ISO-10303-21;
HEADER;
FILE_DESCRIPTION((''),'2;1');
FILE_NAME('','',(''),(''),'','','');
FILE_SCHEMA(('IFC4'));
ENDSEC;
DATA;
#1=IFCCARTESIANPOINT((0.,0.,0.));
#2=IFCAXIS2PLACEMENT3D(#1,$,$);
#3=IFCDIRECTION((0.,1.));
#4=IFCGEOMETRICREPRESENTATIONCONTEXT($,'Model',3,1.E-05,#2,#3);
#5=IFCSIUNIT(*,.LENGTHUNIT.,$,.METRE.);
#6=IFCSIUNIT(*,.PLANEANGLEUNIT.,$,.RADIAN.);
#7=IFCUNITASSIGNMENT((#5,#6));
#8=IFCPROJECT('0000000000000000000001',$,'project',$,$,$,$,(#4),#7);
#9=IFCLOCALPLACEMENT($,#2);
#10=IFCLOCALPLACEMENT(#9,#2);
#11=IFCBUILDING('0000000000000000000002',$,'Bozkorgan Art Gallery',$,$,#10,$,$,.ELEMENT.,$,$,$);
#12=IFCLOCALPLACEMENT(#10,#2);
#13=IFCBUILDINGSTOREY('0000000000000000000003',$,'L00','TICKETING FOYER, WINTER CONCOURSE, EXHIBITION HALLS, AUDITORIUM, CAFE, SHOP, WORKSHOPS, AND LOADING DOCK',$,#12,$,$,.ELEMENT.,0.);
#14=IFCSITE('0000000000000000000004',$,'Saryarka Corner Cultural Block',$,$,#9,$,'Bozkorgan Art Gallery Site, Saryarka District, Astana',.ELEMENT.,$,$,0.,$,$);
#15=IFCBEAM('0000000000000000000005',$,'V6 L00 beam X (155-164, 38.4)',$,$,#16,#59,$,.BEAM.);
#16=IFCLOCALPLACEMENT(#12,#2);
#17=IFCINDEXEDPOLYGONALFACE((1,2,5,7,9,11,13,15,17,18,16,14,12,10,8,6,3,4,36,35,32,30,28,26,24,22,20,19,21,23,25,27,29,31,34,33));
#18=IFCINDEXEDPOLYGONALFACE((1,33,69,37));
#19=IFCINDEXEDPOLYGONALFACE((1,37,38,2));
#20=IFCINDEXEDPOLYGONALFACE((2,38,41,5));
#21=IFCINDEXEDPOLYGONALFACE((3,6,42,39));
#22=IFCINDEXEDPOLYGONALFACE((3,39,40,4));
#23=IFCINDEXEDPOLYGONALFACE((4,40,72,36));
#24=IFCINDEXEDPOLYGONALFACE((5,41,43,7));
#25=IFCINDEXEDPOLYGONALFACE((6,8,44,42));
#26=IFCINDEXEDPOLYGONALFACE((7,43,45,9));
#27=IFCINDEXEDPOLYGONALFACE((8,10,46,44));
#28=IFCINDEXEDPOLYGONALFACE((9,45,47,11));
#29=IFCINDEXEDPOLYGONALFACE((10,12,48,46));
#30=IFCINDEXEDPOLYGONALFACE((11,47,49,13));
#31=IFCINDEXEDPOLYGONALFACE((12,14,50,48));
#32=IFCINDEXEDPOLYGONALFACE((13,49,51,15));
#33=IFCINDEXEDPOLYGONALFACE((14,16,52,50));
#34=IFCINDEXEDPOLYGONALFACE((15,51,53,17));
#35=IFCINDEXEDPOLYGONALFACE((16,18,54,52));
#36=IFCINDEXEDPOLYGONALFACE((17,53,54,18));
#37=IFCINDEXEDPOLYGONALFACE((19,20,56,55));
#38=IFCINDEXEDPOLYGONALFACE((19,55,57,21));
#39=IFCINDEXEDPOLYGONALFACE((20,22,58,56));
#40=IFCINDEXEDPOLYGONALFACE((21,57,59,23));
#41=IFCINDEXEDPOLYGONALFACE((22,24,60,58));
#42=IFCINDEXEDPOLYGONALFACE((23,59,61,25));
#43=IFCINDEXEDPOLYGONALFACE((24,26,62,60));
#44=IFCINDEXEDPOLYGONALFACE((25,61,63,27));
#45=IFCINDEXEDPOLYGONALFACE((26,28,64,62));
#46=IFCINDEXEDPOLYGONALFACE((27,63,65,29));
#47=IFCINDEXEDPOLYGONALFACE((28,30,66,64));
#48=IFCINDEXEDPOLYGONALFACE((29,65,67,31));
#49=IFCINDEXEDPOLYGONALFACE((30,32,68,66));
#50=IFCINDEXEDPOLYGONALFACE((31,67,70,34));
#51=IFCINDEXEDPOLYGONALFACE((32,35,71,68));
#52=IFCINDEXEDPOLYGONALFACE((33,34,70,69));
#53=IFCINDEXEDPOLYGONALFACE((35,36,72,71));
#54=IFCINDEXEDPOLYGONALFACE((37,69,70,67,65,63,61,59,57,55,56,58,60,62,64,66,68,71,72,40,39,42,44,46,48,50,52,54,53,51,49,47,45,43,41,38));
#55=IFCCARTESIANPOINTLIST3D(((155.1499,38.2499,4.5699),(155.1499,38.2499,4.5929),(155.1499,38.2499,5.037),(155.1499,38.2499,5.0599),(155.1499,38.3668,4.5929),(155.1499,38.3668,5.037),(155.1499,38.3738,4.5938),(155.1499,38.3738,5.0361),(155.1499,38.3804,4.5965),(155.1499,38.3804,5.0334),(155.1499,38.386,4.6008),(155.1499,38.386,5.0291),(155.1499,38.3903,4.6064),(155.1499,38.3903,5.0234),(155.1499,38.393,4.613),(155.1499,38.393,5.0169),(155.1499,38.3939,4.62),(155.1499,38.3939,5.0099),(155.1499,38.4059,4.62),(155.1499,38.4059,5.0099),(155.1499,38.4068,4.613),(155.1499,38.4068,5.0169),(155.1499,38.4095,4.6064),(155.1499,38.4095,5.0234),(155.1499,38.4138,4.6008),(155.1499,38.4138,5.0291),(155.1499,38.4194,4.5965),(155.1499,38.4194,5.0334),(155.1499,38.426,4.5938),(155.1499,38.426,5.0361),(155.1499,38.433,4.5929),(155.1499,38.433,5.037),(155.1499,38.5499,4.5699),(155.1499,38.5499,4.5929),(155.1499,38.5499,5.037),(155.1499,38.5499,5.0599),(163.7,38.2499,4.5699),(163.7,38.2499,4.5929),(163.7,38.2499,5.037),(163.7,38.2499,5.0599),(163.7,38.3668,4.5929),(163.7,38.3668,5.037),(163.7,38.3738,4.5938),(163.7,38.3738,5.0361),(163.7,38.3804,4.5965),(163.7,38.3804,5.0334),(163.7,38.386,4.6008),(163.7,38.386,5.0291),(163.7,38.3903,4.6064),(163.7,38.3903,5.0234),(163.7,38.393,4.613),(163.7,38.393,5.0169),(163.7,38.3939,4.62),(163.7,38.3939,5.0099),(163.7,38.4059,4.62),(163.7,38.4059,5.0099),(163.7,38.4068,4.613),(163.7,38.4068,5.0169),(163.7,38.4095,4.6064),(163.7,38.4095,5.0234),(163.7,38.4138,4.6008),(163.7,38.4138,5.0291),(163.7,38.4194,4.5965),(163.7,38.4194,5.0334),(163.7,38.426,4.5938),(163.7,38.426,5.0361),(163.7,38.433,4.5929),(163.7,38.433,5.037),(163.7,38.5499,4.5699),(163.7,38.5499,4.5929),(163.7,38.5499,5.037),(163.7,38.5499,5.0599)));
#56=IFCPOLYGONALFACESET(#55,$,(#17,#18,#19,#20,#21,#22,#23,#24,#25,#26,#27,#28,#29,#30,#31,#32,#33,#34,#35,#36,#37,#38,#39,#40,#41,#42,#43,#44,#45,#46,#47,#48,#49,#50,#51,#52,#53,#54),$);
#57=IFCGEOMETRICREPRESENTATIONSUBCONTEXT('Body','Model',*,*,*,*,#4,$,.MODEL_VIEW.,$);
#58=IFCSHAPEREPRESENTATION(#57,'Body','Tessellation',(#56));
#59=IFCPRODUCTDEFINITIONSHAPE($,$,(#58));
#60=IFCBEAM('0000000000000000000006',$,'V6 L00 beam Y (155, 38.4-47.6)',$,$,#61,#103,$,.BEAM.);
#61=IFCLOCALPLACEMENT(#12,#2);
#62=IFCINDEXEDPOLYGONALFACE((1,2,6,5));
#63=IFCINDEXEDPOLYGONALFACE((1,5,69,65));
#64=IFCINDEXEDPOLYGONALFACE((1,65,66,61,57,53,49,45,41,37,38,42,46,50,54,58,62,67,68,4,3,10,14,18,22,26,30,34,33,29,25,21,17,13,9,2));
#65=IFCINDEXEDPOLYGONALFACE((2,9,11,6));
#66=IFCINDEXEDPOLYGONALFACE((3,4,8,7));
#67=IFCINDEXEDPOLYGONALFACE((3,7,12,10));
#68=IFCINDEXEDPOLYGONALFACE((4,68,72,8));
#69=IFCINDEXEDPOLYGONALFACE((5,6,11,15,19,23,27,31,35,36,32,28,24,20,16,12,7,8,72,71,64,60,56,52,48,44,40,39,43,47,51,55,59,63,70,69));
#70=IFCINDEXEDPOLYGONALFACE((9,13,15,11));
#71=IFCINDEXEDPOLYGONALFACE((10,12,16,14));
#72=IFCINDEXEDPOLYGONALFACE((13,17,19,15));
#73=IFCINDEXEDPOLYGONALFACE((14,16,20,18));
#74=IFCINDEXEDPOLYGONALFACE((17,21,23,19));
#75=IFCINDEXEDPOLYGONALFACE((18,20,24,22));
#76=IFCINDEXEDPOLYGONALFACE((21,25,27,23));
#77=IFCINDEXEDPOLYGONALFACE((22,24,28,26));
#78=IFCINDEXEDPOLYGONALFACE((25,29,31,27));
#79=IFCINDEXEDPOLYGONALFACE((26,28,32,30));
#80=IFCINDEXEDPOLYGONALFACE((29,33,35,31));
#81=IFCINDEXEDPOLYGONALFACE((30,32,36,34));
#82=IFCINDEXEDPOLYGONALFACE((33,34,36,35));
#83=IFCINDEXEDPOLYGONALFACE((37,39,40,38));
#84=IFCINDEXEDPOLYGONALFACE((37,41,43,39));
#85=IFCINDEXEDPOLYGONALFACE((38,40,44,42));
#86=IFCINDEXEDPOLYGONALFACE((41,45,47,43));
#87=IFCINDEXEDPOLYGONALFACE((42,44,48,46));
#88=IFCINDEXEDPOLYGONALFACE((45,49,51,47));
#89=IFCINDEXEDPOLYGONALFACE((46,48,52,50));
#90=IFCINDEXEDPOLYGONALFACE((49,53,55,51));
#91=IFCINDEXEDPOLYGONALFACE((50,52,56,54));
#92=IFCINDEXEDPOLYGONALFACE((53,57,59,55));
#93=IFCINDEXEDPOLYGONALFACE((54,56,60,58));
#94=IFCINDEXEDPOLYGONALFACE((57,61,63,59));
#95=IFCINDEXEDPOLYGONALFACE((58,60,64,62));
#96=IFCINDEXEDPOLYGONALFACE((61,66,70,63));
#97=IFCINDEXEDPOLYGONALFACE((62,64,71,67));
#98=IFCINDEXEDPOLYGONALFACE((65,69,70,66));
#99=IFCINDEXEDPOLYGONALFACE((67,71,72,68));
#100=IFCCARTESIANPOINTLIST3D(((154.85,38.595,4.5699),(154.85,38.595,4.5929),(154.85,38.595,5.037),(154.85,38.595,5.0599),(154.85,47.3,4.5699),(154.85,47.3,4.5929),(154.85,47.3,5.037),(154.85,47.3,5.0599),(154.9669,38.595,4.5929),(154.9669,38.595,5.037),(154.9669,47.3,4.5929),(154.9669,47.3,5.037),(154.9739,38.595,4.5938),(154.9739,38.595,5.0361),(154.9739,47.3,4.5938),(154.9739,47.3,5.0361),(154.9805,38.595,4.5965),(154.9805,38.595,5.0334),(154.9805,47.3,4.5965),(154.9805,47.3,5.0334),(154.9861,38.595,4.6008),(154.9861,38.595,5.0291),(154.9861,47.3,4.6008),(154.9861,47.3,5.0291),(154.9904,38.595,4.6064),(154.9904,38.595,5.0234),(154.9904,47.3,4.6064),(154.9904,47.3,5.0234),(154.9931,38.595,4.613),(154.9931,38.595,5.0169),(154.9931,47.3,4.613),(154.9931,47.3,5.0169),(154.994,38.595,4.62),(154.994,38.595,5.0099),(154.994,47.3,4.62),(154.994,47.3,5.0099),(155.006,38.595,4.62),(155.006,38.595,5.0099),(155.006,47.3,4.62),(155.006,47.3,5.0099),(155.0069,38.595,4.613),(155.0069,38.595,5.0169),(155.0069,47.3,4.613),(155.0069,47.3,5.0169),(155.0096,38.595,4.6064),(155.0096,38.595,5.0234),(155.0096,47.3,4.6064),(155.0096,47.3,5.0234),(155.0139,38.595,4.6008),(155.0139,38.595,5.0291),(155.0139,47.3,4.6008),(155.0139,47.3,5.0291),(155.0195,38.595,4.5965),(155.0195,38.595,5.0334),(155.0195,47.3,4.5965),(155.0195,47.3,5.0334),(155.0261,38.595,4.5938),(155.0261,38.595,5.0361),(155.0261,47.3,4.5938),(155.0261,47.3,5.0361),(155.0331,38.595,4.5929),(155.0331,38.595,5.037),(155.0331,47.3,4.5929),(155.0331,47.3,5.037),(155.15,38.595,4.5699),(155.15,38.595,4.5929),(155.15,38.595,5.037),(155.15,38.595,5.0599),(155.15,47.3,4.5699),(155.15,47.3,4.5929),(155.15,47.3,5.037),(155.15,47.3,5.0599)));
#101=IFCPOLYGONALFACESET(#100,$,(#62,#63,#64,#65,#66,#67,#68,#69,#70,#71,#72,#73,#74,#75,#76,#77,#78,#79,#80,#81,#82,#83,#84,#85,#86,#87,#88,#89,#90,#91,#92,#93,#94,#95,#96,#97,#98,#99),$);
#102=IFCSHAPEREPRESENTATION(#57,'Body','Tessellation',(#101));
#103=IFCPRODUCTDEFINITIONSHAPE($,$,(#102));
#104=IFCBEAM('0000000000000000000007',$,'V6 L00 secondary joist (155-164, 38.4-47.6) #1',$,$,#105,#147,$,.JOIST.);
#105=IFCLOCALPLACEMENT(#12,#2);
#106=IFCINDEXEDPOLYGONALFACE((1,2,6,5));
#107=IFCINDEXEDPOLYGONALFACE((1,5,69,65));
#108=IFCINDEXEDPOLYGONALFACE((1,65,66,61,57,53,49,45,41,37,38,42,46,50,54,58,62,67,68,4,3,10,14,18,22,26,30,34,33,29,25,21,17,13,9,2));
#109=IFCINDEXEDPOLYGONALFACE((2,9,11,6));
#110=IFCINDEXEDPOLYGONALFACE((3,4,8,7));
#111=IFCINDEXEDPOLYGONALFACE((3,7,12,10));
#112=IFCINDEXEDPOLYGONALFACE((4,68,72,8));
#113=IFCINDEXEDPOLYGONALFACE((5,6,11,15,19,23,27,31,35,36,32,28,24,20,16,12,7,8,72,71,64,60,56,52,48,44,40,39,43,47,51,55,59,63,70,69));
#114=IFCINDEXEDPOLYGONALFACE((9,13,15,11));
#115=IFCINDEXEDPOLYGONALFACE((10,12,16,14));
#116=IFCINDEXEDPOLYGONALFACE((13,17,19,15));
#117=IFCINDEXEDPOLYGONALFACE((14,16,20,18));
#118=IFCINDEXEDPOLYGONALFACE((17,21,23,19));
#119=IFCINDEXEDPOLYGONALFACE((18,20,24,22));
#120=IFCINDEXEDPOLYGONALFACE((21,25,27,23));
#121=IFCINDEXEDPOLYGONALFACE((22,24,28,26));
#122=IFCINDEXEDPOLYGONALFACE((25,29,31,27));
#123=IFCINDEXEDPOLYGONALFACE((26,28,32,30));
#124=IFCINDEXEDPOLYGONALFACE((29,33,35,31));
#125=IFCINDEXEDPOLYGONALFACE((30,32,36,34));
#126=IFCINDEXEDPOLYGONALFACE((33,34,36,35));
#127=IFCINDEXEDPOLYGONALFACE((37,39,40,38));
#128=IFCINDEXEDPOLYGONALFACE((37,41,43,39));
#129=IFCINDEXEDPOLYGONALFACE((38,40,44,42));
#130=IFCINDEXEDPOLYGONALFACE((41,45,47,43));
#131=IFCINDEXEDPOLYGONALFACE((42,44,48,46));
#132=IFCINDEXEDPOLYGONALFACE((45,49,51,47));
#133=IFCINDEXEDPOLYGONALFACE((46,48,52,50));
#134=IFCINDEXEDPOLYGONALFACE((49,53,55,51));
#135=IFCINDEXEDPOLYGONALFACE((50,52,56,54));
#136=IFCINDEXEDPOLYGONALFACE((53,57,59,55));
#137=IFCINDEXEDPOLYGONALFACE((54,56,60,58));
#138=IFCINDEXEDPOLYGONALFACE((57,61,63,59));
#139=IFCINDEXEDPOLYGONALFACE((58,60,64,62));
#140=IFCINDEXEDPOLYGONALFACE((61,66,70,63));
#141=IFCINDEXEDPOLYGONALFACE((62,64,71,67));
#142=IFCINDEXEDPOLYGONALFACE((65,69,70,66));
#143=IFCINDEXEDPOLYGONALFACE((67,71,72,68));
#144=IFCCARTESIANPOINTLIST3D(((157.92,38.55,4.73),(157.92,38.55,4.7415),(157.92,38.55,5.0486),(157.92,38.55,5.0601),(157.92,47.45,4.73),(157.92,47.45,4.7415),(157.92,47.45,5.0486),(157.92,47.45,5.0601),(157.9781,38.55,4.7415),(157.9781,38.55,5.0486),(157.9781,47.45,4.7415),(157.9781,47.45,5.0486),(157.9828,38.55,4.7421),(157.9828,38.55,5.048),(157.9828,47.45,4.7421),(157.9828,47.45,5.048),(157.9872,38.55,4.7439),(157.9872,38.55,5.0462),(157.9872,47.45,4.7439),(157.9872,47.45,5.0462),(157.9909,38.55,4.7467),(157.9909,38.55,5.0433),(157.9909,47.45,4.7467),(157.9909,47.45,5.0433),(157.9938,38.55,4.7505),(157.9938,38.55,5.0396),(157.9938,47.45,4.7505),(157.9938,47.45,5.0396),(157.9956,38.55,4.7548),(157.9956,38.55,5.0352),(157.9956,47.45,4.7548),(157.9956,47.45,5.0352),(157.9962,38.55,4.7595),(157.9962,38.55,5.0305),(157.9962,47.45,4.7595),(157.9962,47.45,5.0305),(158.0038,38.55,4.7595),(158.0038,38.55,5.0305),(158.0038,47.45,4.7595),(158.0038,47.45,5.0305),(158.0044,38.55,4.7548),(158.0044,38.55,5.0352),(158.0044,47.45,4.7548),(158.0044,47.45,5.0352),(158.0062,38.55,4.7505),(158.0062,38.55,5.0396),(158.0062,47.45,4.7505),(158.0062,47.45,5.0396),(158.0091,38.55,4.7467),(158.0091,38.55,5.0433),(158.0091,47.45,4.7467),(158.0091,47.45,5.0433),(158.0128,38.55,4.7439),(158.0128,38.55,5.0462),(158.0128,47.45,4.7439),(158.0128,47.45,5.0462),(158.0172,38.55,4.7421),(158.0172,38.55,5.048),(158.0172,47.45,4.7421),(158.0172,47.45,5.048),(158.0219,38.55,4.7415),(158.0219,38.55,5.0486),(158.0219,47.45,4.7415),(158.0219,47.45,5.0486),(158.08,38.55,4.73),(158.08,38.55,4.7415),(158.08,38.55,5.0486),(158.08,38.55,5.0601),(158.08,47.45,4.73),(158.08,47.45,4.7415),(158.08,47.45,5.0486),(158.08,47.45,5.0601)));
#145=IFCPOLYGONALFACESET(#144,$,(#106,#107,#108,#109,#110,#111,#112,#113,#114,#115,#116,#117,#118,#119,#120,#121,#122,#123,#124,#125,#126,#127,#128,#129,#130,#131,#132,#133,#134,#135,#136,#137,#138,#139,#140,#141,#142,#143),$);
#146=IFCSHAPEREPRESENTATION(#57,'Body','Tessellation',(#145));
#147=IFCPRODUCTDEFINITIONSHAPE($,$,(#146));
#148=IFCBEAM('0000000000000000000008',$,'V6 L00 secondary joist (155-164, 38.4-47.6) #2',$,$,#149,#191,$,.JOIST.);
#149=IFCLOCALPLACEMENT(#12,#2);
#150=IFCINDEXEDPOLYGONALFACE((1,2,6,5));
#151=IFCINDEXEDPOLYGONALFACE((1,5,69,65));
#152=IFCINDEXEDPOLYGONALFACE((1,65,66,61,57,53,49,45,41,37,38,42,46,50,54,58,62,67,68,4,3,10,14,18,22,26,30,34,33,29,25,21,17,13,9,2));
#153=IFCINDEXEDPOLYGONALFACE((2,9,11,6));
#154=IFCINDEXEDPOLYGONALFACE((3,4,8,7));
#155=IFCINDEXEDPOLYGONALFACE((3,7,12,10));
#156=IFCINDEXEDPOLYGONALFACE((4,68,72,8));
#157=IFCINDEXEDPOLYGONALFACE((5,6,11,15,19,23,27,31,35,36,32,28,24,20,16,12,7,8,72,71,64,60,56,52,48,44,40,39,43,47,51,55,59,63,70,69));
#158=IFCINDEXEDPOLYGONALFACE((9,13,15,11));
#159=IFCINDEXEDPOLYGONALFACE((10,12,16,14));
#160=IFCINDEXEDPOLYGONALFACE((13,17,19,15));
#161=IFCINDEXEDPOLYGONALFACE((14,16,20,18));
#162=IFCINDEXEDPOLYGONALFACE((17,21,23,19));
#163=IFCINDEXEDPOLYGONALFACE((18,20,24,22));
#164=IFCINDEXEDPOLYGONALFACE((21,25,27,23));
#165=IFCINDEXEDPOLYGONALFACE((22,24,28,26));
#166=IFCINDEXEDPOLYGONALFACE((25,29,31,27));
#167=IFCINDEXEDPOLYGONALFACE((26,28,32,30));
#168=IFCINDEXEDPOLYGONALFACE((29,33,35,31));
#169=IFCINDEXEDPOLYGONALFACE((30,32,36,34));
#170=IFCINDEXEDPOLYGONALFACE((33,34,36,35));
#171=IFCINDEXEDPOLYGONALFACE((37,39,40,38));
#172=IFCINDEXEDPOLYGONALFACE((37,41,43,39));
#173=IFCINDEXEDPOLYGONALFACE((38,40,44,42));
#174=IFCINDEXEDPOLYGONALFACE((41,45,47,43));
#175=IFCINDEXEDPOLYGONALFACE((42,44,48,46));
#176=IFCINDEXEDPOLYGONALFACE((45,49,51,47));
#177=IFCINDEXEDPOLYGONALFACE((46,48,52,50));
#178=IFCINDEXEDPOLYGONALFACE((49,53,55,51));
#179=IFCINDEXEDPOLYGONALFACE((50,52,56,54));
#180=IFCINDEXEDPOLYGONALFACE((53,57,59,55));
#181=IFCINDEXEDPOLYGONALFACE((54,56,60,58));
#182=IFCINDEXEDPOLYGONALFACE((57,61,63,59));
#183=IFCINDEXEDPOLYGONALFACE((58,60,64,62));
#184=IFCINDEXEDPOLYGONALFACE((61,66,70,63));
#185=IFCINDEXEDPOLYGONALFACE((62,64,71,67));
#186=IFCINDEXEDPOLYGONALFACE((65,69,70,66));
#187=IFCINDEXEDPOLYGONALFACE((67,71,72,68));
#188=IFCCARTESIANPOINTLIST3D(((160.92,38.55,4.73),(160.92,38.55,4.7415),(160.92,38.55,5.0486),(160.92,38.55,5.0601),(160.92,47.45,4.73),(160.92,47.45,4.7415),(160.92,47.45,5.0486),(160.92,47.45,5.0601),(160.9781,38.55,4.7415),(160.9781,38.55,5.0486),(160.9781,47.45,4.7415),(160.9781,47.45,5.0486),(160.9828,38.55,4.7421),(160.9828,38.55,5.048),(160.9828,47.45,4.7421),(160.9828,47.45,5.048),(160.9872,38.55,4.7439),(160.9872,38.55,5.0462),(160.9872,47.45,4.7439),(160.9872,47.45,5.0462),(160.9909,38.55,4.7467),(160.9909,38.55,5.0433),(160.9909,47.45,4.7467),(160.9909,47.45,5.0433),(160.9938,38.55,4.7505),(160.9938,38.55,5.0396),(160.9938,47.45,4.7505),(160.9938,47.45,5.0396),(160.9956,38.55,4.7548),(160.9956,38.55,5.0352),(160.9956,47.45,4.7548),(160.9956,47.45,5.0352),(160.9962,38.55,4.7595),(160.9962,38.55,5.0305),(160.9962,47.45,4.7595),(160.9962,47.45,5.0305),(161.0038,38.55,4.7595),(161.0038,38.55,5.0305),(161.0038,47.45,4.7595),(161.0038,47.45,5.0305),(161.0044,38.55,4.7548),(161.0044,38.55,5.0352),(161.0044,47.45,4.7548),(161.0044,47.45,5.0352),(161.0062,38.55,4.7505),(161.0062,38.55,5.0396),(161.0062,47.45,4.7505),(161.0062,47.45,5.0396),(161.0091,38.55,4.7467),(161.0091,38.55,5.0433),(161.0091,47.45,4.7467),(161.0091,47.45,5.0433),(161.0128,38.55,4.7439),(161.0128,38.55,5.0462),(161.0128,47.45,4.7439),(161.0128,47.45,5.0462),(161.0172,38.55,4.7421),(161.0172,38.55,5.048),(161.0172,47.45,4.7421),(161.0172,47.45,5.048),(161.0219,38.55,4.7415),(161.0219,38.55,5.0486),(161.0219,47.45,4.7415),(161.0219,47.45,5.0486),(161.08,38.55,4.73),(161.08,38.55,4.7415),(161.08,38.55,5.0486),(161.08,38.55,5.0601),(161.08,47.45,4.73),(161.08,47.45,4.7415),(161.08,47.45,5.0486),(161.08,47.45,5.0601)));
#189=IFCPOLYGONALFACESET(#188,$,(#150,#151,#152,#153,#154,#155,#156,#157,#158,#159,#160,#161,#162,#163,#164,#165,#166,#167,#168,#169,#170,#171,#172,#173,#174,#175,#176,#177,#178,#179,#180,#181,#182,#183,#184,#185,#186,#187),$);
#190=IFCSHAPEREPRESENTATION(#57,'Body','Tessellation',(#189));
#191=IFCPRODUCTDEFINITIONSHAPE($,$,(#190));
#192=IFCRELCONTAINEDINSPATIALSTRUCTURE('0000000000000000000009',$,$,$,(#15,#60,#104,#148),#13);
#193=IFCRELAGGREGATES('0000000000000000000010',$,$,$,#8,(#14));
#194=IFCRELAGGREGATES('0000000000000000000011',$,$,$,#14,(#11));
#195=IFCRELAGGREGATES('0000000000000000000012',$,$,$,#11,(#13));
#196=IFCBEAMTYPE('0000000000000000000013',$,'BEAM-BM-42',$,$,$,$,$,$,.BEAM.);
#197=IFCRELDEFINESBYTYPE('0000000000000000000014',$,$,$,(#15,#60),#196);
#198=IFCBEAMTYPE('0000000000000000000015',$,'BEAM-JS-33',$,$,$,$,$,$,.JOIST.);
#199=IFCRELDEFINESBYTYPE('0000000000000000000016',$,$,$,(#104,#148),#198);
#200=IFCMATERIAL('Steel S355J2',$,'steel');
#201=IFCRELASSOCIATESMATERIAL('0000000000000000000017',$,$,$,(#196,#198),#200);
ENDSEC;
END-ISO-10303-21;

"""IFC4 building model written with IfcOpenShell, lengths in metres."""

from ifc_helpers import new_model, si_unit, direction, frame, origin, origin_2d, place, context, subcontext, project, spatial, i_section, extrude, material, material_profile, profile_set, type_object, element, save


model = new_model("IFC4")

# Units and contexts
model_context = context("Model", 3, precision=1e-05, world=origin(), true_north=direction((0.0, 1.0)))
body_context = subcontext(model_context, "Body", "Model", "MODEL_VIEW")
ifc_project = project(units=[si_unit("LENGTHUNIT", "METRE"), si_unit("PLANEANGLEUNIT", "RADIAN")], contexts=[model_context])

# Site, building, storey
site_placement = place(None, origin())
site = spatial("IfcSite", under=ifc_project, at=site_placement, Name="Saryarka Corner Cultural Block", LongName="Bozkorgan Art Gallery Site, Saryarka District, Astana", CompositionType="ELEMENT", RefElevation=0.0)
building_placement = place(site_placement, origin())
building = spatial("IfcBuilding", under=site, at=building_placement, Name="Bozkorgan Art Gallery", CompositionType="ELEMENT")
storey_placement = place(building_placement, origin())
storey = spatial("IfcBuildingStorey", under=building, at=storey_placement, Name="L00", Description="TICKETING FOYER, WINTER CONCOURSE, EXHIBITION HALLS, AUDITORIUM, CAFE, SHOP, WORKSHOPS, AND LOADING DOCK", CompositionType="ELEMENT", Elevation=0.0)

# Shared definitions
ifc_material_1 = material(Name="Steel S355J2", Category="steel")

# Beams
ifc_material_profile_1 = material_profile(ifc_material_1, i_section(OverallWidth=0.3, OverallDepth=0.49, WebThickness=0.012, FlangeThickness=0.0229, FilletRadius=0.0271, at=origin_2d()), Name="HEA 500")
ifc_profile_set_1 = profile_set([ifc_material_profile_1], Name="Steel S355J2")
beam_type_1 = type_object("IfcBeamType", Name="BEAM-BM-42", PredefinedType="BEAM", material=ifc_profile_set_1)
beam_1_placement = place(storey_placement, frame((155.1499, 38.3999, 4.8149), z_axis=(1.0, 0.0, 0.0), x_axis=(0.0, 1.0, 0.0)))
element("IfcBeam", 1, at=beam_1_placement, inside=storey, type_object=beam_type_1, Name="V6 L00 beam X (155-164, 38.4)", PredefinedType="BEAM", context=body_context, shape_type="SweptSolid", body=[
    extrude(i_section(OverallWidth=0.3, OverallDepth=0.49, WebThickness=0.012, FlangeThickness=0.0229, FilletRadius=0.0271, at=origin_2d()), origin(), (0.0, 0.0, 1.0), 8.55),
])
beam_2_placement = place(storey_placement, frame((155.0, 38.595, 4.8149), z_axis=(0.0, 1.0, 0.0), x_axis=(-1.0, 0.0, 0.0)))
element("IfcBeam", 2, at=beam_2_placement, inside=storey, type_object=beam_type_1, Name="V6 L00 beam Y (155, 38.4-47.6)", PredefinedType="BEAM", context=body_context, shape_type="SweptSolid", body=[
    extrude(i_section(OverallWidth=0.3, OverallDepth=0.49, WebThickness=0.012, FlangeThickness=0.0229, FilletRadius=0.0271, at=origin_2d()), origin(), (0.0, 0.0, 1.0), 8.7051),
])
ifc_material_profile_2 = material_profile(ifc_material_1, i_section(OverallWidth=0.1599, OverallDepth=0.3301, WebThickness=0.0076, FlangeThickness=0.0115, FilletRadius=0.0181, at=origin_2d()), Name="IPE 330")
ifc_profile_set_2 = profile_set([ifc_material_profile_2], Name="Steel S355J2")
beam_type_2 = type_object("IfcBeamType", Name="BEAM-JS-33", PredefinedType="JOIST", material=ifc_profile_set_2)
for number, where, z_axis, x_axis, name in (
    (3, (158.0, 38.55, 4.895), (0.0, 1.0, 0.0), (-1.0, 0.0, 0.0), "V6 L00 secondary joist (155-164, 38.4-47.6) #1"),
    (4, (161.0, 38.55, 4.895), (0.0, 1.0, 0.0), (-1.0, 0.0, 0.0), "V6 L00 secondary joist (155-164, 38.4-47.6) #2"),
):
    element("IfcBeam", number, at=place(storey_placement, frame(where, z_axis=z_axis, x_axis=x_axis)), inside=storey, type_object=beam_type_2, Name=name, PredefinedType="JOIST", context=body_context, shape_type="SweptSolid", body=[
        extrude(i_section(OverallWidth=0.1599, OverallDepth=0.3301, WebThickness=0.0076, FlangeThickness=0.0115, FilletRadius=0.0181, at=origin_2d()), origin(), (0.0, 0.0, 1.0), 8.8999),
    ])

save(model, "model.ifc")
